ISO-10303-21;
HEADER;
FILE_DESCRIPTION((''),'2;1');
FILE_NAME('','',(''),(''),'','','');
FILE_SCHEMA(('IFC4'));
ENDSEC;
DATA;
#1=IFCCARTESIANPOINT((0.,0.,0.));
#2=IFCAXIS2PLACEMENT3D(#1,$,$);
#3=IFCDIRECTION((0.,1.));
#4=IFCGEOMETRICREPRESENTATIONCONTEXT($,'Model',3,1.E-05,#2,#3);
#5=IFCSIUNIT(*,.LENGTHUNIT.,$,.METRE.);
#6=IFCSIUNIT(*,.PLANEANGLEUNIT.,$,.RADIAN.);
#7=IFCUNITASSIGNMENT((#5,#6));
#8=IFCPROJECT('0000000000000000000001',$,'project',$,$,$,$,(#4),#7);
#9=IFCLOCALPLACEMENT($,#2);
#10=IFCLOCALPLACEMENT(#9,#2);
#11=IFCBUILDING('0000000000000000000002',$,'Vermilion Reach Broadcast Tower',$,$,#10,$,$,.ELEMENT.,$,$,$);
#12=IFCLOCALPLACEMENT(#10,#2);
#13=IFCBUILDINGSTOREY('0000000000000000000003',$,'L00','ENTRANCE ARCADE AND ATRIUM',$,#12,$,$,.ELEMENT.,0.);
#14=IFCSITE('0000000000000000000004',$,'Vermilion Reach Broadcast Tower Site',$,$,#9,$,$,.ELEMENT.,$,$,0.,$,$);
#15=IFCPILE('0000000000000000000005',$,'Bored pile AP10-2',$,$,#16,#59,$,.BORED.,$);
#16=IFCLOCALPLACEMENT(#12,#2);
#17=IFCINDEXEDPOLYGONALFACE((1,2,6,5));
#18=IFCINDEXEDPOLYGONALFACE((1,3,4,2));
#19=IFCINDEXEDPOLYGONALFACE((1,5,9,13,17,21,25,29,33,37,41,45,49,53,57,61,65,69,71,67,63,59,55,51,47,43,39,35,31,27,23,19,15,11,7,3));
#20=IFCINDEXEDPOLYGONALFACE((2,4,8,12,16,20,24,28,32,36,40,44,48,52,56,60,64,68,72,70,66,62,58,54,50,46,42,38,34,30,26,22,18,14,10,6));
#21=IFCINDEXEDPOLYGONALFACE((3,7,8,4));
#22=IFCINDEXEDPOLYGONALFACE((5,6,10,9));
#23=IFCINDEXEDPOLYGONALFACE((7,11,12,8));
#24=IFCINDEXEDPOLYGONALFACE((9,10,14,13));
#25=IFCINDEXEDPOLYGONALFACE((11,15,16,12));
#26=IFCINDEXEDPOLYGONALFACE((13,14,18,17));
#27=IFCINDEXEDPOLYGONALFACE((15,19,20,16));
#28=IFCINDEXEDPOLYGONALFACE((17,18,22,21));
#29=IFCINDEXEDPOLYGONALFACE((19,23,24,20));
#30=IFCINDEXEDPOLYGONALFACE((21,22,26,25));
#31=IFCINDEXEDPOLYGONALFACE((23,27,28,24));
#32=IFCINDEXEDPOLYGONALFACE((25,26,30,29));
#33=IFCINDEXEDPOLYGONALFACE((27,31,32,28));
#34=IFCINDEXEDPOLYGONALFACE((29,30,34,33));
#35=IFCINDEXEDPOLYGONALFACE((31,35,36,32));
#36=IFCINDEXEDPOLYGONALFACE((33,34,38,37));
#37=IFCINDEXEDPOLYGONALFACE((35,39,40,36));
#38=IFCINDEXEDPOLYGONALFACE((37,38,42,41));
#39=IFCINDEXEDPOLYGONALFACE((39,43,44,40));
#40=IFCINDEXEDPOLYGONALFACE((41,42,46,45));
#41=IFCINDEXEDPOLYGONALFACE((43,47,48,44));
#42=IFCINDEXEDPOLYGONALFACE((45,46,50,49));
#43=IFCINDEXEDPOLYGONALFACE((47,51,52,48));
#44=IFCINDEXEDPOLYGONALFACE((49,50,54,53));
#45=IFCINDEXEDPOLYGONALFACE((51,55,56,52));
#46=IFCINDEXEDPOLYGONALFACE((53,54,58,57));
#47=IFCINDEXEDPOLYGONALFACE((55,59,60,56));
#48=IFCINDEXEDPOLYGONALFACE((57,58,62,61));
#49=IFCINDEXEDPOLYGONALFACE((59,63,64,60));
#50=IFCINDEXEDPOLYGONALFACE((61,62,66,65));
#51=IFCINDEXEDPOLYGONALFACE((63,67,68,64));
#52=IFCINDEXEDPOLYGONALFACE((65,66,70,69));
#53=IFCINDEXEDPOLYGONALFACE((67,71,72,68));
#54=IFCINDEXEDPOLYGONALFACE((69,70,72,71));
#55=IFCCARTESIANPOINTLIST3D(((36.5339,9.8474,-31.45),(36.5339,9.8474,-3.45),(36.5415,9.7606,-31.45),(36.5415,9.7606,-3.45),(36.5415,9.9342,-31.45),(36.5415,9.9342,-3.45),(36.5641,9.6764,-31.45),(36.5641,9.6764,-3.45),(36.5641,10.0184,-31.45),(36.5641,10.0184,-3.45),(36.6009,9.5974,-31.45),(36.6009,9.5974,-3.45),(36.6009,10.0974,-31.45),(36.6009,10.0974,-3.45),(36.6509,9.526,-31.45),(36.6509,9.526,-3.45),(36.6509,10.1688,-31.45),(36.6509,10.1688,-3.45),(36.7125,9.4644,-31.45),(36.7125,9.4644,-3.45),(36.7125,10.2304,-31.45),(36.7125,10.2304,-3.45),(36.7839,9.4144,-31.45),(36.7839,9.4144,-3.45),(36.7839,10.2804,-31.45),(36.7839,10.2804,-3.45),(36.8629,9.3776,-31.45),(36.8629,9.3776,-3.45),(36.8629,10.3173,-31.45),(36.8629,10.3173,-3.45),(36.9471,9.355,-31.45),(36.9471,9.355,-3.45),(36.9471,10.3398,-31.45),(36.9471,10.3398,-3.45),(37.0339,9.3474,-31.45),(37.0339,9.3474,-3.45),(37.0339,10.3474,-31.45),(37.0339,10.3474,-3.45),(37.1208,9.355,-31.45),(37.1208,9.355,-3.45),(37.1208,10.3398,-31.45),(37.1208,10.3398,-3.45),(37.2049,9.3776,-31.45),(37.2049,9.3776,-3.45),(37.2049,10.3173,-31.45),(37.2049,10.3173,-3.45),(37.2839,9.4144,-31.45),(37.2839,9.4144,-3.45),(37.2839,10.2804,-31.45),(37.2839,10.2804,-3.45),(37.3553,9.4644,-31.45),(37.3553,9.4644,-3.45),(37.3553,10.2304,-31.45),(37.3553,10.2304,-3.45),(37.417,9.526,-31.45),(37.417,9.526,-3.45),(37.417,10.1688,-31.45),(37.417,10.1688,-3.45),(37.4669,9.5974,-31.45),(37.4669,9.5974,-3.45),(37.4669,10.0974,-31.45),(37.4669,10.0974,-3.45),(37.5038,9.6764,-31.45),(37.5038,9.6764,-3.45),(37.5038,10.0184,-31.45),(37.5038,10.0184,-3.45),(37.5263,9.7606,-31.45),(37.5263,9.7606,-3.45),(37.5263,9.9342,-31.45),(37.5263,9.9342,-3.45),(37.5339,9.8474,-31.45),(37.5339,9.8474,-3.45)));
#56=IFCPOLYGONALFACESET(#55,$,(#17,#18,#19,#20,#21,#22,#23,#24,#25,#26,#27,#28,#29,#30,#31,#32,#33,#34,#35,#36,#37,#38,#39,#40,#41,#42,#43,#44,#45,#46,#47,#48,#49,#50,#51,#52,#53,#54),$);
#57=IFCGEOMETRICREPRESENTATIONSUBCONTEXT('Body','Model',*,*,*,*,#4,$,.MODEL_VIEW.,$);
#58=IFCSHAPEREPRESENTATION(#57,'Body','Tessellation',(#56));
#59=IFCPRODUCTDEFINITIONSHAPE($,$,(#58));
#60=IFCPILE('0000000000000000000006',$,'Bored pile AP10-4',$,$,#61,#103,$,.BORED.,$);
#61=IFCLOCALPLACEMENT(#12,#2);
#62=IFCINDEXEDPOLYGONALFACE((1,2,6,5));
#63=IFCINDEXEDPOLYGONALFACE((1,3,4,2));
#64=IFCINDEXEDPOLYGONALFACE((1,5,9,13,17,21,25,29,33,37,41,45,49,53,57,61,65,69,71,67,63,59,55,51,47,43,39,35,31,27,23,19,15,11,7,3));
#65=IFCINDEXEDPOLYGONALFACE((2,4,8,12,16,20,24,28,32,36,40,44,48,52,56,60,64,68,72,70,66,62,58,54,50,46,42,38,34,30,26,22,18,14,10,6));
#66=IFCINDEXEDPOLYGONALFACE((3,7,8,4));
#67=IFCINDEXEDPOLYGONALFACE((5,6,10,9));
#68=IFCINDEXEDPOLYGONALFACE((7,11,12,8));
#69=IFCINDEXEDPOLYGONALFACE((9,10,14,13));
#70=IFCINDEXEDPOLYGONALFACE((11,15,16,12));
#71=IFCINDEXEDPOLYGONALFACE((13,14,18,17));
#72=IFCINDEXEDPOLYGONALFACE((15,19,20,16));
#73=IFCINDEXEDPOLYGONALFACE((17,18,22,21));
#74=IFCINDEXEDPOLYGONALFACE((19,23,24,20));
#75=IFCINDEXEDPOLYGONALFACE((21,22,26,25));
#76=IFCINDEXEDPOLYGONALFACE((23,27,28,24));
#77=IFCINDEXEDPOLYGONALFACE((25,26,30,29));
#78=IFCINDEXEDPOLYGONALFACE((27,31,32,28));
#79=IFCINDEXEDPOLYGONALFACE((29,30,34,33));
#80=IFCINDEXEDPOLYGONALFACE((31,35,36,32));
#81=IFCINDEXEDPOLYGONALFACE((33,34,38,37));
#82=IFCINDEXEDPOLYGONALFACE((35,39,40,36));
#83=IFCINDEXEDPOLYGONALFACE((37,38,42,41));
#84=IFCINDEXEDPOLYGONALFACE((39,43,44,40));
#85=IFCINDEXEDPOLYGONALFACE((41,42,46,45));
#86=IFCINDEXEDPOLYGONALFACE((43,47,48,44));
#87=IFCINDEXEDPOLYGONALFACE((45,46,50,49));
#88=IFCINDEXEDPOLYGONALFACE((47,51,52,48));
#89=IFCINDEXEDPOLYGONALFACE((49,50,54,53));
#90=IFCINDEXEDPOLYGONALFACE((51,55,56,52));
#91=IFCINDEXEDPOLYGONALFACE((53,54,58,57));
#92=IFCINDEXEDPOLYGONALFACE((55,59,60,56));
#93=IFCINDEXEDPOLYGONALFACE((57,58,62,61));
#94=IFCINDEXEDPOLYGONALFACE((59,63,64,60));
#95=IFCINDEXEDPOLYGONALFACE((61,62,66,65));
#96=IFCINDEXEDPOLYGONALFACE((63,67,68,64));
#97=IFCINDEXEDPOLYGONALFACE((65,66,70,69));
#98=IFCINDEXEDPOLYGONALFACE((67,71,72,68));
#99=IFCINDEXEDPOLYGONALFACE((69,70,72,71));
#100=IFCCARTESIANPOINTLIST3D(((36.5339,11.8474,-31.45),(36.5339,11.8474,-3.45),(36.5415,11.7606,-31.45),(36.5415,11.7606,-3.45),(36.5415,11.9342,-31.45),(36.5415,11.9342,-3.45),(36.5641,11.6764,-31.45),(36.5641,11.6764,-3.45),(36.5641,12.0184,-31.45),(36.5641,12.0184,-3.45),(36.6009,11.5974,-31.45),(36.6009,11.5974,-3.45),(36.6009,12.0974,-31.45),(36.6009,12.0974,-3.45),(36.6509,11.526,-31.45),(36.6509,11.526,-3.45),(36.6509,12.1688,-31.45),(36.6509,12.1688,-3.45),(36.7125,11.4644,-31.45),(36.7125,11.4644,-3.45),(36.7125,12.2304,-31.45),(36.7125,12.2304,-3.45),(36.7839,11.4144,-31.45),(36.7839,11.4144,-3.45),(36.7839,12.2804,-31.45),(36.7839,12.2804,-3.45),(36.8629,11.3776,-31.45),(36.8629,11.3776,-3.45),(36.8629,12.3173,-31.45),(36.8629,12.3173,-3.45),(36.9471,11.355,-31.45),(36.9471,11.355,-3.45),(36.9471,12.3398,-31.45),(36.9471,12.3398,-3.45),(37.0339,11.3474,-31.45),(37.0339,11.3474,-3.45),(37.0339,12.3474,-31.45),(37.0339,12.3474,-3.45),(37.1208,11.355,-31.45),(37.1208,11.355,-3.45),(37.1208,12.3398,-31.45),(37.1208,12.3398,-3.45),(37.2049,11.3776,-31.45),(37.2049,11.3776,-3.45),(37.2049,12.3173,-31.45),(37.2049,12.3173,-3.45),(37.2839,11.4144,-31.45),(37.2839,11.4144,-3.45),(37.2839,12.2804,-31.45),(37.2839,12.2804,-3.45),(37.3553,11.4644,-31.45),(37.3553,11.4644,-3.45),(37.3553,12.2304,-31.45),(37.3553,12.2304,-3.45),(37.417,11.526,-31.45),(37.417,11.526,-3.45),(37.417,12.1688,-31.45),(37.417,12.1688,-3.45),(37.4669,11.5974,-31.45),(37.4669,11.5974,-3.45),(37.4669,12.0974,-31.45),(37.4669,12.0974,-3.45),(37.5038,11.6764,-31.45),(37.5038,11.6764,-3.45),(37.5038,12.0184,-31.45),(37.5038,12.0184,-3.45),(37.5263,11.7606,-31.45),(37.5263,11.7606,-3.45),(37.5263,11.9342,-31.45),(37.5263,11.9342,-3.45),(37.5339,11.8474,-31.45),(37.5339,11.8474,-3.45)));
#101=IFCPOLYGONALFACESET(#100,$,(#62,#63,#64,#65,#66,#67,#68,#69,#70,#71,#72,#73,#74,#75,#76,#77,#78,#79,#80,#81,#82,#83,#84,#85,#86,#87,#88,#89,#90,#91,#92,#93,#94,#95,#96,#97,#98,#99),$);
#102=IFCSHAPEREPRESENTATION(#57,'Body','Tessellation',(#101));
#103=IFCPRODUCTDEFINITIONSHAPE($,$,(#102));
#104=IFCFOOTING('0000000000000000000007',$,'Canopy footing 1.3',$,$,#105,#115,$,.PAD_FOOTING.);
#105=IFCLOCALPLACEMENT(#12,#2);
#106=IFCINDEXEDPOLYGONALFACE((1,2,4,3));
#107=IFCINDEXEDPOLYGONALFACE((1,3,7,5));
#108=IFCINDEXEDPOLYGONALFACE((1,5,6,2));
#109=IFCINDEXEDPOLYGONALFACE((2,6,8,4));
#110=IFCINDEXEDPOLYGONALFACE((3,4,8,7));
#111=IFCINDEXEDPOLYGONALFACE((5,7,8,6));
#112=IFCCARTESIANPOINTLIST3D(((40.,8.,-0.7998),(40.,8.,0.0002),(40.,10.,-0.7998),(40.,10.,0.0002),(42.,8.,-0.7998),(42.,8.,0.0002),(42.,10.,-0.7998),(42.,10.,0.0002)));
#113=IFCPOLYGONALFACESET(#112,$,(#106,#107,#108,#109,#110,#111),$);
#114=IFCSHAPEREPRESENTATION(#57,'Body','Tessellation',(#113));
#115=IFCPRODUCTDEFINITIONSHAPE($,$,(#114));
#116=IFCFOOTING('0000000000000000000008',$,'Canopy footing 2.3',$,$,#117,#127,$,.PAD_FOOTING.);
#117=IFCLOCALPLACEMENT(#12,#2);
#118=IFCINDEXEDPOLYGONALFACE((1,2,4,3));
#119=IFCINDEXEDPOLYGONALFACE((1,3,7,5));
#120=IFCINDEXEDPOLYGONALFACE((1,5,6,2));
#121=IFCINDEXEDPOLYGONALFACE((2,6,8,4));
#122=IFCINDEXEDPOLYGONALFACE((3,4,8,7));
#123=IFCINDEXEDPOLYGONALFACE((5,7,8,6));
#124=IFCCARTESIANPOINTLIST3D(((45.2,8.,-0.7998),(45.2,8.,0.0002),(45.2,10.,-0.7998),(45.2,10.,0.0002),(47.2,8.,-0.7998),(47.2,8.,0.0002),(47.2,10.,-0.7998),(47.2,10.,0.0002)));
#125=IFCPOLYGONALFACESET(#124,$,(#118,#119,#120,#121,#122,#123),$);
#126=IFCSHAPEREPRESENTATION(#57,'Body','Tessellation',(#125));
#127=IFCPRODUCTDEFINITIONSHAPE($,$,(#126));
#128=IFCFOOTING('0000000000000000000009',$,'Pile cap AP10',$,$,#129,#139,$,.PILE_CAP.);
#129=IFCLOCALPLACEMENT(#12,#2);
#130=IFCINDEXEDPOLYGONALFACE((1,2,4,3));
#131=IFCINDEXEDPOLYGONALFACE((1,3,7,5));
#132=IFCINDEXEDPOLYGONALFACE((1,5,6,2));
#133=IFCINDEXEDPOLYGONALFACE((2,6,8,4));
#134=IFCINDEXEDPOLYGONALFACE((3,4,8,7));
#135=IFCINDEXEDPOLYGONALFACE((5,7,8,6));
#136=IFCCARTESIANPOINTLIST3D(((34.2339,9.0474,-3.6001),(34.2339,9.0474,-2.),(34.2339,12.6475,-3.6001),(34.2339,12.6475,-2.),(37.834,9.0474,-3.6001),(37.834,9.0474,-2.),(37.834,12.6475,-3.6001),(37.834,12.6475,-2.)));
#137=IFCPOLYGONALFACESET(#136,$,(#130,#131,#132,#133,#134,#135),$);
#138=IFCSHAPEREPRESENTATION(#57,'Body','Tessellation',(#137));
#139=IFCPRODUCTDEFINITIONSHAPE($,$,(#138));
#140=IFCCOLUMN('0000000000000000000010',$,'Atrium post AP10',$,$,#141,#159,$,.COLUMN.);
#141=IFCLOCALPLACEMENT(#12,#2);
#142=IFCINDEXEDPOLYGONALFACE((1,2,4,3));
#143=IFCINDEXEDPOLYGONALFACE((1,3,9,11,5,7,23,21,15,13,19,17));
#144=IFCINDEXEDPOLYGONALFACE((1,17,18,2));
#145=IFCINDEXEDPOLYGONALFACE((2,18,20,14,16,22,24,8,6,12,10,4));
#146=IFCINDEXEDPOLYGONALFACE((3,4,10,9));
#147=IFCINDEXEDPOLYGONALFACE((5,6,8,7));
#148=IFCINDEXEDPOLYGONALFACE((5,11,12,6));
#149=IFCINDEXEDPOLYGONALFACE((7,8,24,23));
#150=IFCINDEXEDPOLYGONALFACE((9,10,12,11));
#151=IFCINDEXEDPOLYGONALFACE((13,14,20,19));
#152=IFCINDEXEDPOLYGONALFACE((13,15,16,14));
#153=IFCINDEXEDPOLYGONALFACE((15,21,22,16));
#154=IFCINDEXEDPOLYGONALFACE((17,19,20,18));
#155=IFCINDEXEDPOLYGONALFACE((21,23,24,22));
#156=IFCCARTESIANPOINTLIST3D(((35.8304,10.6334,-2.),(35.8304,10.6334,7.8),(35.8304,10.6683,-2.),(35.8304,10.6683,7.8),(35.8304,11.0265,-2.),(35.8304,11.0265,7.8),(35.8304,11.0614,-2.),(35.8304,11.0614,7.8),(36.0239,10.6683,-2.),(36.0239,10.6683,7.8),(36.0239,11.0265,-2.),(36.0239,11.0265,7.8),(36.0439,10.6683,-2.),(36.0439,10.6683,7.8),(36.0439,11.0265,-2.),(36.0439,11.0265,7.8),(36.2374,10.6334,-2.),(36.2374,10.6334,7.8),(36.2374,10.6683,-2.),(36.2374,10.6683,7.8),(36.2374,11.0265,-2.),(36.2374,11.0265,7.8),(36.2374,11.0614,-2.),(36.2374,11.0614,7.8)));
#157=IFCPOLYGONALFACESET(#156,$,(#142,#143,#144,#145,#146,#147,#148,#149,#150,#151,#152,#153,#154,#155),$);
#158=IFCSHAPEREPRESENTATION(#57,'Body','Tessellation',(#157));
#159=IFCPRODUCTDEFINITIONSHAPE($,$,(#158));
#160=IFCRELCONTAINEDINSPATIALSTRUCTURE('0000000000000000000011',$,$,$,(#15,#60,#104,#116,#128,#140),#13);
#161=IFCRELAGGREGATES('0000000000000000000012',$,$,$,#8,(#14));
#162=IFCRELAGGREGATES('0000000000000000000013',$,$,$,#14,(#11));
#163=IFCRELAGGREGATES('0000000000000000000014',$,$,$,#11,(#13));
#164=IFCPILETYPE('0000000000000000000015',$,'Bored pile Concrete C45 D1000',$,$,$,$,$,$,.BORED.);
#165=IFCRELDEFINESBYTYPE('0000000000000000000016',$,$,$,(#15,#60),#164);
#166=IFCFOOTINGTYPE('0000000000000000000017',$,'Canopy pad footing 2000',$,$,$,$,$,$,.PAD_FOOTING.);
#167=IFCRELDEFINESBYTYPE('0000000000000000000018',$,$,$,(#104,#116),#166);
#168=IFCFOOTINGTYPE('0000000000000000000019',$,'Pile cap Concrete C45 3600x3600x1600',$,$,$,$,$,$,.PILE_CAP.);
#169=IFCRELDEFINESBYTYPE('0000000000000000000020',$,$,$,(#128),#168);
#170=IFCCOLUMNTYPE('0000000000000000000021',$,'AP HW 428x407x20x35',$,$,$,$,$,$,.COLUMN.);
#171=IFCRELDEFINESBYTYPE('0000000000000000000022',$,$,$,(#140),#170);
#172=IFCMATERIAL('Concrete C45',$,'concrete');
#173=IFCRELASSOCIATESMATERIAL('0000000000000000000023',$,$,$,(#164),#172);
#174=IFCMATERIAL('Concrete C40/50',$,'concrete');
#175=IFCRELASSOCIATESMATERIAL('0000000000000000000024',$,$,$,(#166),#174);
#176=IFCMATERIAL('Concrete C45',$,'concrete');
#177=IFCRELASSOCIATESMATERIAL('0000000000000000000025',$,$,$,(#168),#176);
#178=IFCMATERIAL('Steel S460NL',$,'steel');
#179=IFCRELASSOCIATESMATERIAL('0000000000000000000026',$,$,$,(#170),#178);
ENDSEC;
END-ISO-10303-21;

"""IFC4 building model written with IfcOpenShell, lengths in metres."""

from ifc_helpers import new_model, si_unit, direction, frame, origin, origin_2d, place, context, subcontext, project, spatial, rectangle, circle, i_section, extrude, material, material_profile, profile_set, type_object, element, save


model = new_model("IFC4")

# Units and contexts
model_context = context("Model", 3, precision=1e-05, world=origin(), true_north=direction((0.0, 1.0)))
body_context = subcontext(model_context, "Body", "Model", "MODEL_VIEW")
ifc_project = project(units=[si_unit("LENGTHUNIT", "METRE"), si_unit("PLANEANGLEUNIT", "RADIAN")], contexts=[model_context])

# Site, building, storey
site_placement = place(None, origin())
site = spatial("IfcSite", under=ifc_project, at=site_placement, Name="Vermilion Reach Broadcast Tower Site", CompositionType="ELEMENT", RefElevation=0.0)
building_placement = place(site_placement, origin())
building = spatial("IfcBuilding", under=site, at=building_placement, Name="Vermilion Reach Broadcast Tower", CompositionType="ELEMENT")
storey_placement = place(building_placement, origin())
storey = spatial("IfcBuildingStorey", under=building, at=storey_placement, Name="L00", Description="ENTRANCE ARCADE AND ATRIUM", CompositionType="ELEMENT", Elevation=0.0)

# Piles
ifc_material_1 = material(Name="Concrete C45", Category="concrete")
ifc_material_profile_1 = material_profile(ifc_material_1, circle(Radius=0.5, at=origin_2d()), Name="Concrete C45 D1000")
ifc_profile_set_1 = profile_set([ifc_material_profile_1], Name="Concrete C45")
pile_type = type_object("IfcPileType", Name="Bored pile Concrete C45 D1000", PredefinedType="BORED", material=ifc_profile_set_1)
for number, where, z_axis, x_axis, name in (
    (1, (37.0339, 9.8474, -3.45), (0.0, 0.0, -1.0), (1.0, 0.0, 0.0), "Bored pile AP10-2"),
    (2, (37.0339, 11.8474, -3.45), (0.0, 0.0, -1.0), (1.0, 0.0, 0.0), "Bored pile AP10-4"),
):
    element("IfcPile", number, at=place(storey_placement, frame(where, z_axis=z_axis, x_axis=x_axis)), inside=storey, type_object=pile_type, Name=name, PredefinedType="BORED", context=body_context, shape_type="SweptSolid", body=[
        extrude(circle(Radius=0.5, at=origin_2d()), origin(), (0.0, 0.0, 1.0), 28.0),
    ])

# Footings
ifc_material_2 = material(Name="Concrete C40/50", Category="concrete")
footing_type_1 = type_object("IfcFootingType", Name="Canopy pad footing 2000", PredefinedType="PAD_FOOTING", material=ifc_material_2)
for number, where, z_axis, x_axis, name in (
    (3, (41.0, 9.0, -0.7998), (0.0, 0.0, 1.0), (1.0, 0.0, 0.0), "Canopy footing 1.3"),
    (4, (46.2, 9.0, -0.7998), (0.0, 0.0, 1.0), (1.0, 0.0, 0.0), "Canopy footing 2.3"),
):
    element("IfcFooting", number, at=place(storey_placement, frame(where, z_axis=z_axis, x_axis=x_axis)), inside=storey, type_object=footing_type_1, Name=name, PredefinedType="PAD_FOOTING", context=body_context, shape_type="SweptSolid", body=[
        extrude(rectangle(XDim=2.0, YDim=2.0, at=origin_2d()), origin(), (0.0, 0.0, 1.0), 0.8),
    ])
ifc_material_3 = material(Name="Concrete C45", Category="concrete")
footing_type_2 = type_object("IfcFootingType", Name="Pile cap Concrete C45 3600x3600x1600", PredefinedType="PILE_CAP", material=ifc_material_3)
footing_placement = place(storey_placement, frame((36.0339, 10.8474, -3.6001), z_axis=(0.0, 0.0, 1.0), x_axis=(1.0, 0.0, 0.0)))
element("IfcFooting", 5, at=footing_placement, inside=storey, type_object=footing_type_2, Name="Pile cap AP10", PredefinedType="PILE_CAP", context=body_context, shape_type="SweptSolid", body=[
    extrude(rectangle(XDim=3.6001, YDim=3.6001, at=origin_2d()), origin(), (0.0, 0.0, 1.0), 1.6001),
])

# Column
ifc_material_4 = material(Name="Steel S460NL", Category="steel")
ifc_material_profile_2 = material_profile(ifc_material_4, i_section(OverallWidth=0.407, OverallDepth=0.428, WebThickness=0.02, FlangeThickness=0.0349, at=origin_2d()), Name="S460NL HW 428x407x20x35")
ifc_profile_set_2 = profile_set([ifc_material_profile_2], Name="Steel S460NL")
column_type_1 = type_object("IfcColumnType", Name="AP HW 428x407x20x35", PredefinedType="COLUMN", material=ifc_profile_set_2)
column_placement = place(storey_placement, frame((36.0339, 10.8474, -2.0), z_axis=(0.0, 0.0, 1.0), x_axis=(1.0, 0.0, 0.0)))
element("IfcColumn", 6, at=column_placement, inside=storey, type_object=column_type_1, Name="Atrium post AP10", PredefinedType="COLUMN", context=body_context, shape_type="SweptSolid", body=[
    extrude(i_section(OverallWidth=0.407, OverallDepth=0.428, WebThickness=0.02, FlangeThickness=0.0349, at=origin_2d()), origin(), (0.0, 0.0, 1.0), 9.8),
])

save(model, "model.ifc")
